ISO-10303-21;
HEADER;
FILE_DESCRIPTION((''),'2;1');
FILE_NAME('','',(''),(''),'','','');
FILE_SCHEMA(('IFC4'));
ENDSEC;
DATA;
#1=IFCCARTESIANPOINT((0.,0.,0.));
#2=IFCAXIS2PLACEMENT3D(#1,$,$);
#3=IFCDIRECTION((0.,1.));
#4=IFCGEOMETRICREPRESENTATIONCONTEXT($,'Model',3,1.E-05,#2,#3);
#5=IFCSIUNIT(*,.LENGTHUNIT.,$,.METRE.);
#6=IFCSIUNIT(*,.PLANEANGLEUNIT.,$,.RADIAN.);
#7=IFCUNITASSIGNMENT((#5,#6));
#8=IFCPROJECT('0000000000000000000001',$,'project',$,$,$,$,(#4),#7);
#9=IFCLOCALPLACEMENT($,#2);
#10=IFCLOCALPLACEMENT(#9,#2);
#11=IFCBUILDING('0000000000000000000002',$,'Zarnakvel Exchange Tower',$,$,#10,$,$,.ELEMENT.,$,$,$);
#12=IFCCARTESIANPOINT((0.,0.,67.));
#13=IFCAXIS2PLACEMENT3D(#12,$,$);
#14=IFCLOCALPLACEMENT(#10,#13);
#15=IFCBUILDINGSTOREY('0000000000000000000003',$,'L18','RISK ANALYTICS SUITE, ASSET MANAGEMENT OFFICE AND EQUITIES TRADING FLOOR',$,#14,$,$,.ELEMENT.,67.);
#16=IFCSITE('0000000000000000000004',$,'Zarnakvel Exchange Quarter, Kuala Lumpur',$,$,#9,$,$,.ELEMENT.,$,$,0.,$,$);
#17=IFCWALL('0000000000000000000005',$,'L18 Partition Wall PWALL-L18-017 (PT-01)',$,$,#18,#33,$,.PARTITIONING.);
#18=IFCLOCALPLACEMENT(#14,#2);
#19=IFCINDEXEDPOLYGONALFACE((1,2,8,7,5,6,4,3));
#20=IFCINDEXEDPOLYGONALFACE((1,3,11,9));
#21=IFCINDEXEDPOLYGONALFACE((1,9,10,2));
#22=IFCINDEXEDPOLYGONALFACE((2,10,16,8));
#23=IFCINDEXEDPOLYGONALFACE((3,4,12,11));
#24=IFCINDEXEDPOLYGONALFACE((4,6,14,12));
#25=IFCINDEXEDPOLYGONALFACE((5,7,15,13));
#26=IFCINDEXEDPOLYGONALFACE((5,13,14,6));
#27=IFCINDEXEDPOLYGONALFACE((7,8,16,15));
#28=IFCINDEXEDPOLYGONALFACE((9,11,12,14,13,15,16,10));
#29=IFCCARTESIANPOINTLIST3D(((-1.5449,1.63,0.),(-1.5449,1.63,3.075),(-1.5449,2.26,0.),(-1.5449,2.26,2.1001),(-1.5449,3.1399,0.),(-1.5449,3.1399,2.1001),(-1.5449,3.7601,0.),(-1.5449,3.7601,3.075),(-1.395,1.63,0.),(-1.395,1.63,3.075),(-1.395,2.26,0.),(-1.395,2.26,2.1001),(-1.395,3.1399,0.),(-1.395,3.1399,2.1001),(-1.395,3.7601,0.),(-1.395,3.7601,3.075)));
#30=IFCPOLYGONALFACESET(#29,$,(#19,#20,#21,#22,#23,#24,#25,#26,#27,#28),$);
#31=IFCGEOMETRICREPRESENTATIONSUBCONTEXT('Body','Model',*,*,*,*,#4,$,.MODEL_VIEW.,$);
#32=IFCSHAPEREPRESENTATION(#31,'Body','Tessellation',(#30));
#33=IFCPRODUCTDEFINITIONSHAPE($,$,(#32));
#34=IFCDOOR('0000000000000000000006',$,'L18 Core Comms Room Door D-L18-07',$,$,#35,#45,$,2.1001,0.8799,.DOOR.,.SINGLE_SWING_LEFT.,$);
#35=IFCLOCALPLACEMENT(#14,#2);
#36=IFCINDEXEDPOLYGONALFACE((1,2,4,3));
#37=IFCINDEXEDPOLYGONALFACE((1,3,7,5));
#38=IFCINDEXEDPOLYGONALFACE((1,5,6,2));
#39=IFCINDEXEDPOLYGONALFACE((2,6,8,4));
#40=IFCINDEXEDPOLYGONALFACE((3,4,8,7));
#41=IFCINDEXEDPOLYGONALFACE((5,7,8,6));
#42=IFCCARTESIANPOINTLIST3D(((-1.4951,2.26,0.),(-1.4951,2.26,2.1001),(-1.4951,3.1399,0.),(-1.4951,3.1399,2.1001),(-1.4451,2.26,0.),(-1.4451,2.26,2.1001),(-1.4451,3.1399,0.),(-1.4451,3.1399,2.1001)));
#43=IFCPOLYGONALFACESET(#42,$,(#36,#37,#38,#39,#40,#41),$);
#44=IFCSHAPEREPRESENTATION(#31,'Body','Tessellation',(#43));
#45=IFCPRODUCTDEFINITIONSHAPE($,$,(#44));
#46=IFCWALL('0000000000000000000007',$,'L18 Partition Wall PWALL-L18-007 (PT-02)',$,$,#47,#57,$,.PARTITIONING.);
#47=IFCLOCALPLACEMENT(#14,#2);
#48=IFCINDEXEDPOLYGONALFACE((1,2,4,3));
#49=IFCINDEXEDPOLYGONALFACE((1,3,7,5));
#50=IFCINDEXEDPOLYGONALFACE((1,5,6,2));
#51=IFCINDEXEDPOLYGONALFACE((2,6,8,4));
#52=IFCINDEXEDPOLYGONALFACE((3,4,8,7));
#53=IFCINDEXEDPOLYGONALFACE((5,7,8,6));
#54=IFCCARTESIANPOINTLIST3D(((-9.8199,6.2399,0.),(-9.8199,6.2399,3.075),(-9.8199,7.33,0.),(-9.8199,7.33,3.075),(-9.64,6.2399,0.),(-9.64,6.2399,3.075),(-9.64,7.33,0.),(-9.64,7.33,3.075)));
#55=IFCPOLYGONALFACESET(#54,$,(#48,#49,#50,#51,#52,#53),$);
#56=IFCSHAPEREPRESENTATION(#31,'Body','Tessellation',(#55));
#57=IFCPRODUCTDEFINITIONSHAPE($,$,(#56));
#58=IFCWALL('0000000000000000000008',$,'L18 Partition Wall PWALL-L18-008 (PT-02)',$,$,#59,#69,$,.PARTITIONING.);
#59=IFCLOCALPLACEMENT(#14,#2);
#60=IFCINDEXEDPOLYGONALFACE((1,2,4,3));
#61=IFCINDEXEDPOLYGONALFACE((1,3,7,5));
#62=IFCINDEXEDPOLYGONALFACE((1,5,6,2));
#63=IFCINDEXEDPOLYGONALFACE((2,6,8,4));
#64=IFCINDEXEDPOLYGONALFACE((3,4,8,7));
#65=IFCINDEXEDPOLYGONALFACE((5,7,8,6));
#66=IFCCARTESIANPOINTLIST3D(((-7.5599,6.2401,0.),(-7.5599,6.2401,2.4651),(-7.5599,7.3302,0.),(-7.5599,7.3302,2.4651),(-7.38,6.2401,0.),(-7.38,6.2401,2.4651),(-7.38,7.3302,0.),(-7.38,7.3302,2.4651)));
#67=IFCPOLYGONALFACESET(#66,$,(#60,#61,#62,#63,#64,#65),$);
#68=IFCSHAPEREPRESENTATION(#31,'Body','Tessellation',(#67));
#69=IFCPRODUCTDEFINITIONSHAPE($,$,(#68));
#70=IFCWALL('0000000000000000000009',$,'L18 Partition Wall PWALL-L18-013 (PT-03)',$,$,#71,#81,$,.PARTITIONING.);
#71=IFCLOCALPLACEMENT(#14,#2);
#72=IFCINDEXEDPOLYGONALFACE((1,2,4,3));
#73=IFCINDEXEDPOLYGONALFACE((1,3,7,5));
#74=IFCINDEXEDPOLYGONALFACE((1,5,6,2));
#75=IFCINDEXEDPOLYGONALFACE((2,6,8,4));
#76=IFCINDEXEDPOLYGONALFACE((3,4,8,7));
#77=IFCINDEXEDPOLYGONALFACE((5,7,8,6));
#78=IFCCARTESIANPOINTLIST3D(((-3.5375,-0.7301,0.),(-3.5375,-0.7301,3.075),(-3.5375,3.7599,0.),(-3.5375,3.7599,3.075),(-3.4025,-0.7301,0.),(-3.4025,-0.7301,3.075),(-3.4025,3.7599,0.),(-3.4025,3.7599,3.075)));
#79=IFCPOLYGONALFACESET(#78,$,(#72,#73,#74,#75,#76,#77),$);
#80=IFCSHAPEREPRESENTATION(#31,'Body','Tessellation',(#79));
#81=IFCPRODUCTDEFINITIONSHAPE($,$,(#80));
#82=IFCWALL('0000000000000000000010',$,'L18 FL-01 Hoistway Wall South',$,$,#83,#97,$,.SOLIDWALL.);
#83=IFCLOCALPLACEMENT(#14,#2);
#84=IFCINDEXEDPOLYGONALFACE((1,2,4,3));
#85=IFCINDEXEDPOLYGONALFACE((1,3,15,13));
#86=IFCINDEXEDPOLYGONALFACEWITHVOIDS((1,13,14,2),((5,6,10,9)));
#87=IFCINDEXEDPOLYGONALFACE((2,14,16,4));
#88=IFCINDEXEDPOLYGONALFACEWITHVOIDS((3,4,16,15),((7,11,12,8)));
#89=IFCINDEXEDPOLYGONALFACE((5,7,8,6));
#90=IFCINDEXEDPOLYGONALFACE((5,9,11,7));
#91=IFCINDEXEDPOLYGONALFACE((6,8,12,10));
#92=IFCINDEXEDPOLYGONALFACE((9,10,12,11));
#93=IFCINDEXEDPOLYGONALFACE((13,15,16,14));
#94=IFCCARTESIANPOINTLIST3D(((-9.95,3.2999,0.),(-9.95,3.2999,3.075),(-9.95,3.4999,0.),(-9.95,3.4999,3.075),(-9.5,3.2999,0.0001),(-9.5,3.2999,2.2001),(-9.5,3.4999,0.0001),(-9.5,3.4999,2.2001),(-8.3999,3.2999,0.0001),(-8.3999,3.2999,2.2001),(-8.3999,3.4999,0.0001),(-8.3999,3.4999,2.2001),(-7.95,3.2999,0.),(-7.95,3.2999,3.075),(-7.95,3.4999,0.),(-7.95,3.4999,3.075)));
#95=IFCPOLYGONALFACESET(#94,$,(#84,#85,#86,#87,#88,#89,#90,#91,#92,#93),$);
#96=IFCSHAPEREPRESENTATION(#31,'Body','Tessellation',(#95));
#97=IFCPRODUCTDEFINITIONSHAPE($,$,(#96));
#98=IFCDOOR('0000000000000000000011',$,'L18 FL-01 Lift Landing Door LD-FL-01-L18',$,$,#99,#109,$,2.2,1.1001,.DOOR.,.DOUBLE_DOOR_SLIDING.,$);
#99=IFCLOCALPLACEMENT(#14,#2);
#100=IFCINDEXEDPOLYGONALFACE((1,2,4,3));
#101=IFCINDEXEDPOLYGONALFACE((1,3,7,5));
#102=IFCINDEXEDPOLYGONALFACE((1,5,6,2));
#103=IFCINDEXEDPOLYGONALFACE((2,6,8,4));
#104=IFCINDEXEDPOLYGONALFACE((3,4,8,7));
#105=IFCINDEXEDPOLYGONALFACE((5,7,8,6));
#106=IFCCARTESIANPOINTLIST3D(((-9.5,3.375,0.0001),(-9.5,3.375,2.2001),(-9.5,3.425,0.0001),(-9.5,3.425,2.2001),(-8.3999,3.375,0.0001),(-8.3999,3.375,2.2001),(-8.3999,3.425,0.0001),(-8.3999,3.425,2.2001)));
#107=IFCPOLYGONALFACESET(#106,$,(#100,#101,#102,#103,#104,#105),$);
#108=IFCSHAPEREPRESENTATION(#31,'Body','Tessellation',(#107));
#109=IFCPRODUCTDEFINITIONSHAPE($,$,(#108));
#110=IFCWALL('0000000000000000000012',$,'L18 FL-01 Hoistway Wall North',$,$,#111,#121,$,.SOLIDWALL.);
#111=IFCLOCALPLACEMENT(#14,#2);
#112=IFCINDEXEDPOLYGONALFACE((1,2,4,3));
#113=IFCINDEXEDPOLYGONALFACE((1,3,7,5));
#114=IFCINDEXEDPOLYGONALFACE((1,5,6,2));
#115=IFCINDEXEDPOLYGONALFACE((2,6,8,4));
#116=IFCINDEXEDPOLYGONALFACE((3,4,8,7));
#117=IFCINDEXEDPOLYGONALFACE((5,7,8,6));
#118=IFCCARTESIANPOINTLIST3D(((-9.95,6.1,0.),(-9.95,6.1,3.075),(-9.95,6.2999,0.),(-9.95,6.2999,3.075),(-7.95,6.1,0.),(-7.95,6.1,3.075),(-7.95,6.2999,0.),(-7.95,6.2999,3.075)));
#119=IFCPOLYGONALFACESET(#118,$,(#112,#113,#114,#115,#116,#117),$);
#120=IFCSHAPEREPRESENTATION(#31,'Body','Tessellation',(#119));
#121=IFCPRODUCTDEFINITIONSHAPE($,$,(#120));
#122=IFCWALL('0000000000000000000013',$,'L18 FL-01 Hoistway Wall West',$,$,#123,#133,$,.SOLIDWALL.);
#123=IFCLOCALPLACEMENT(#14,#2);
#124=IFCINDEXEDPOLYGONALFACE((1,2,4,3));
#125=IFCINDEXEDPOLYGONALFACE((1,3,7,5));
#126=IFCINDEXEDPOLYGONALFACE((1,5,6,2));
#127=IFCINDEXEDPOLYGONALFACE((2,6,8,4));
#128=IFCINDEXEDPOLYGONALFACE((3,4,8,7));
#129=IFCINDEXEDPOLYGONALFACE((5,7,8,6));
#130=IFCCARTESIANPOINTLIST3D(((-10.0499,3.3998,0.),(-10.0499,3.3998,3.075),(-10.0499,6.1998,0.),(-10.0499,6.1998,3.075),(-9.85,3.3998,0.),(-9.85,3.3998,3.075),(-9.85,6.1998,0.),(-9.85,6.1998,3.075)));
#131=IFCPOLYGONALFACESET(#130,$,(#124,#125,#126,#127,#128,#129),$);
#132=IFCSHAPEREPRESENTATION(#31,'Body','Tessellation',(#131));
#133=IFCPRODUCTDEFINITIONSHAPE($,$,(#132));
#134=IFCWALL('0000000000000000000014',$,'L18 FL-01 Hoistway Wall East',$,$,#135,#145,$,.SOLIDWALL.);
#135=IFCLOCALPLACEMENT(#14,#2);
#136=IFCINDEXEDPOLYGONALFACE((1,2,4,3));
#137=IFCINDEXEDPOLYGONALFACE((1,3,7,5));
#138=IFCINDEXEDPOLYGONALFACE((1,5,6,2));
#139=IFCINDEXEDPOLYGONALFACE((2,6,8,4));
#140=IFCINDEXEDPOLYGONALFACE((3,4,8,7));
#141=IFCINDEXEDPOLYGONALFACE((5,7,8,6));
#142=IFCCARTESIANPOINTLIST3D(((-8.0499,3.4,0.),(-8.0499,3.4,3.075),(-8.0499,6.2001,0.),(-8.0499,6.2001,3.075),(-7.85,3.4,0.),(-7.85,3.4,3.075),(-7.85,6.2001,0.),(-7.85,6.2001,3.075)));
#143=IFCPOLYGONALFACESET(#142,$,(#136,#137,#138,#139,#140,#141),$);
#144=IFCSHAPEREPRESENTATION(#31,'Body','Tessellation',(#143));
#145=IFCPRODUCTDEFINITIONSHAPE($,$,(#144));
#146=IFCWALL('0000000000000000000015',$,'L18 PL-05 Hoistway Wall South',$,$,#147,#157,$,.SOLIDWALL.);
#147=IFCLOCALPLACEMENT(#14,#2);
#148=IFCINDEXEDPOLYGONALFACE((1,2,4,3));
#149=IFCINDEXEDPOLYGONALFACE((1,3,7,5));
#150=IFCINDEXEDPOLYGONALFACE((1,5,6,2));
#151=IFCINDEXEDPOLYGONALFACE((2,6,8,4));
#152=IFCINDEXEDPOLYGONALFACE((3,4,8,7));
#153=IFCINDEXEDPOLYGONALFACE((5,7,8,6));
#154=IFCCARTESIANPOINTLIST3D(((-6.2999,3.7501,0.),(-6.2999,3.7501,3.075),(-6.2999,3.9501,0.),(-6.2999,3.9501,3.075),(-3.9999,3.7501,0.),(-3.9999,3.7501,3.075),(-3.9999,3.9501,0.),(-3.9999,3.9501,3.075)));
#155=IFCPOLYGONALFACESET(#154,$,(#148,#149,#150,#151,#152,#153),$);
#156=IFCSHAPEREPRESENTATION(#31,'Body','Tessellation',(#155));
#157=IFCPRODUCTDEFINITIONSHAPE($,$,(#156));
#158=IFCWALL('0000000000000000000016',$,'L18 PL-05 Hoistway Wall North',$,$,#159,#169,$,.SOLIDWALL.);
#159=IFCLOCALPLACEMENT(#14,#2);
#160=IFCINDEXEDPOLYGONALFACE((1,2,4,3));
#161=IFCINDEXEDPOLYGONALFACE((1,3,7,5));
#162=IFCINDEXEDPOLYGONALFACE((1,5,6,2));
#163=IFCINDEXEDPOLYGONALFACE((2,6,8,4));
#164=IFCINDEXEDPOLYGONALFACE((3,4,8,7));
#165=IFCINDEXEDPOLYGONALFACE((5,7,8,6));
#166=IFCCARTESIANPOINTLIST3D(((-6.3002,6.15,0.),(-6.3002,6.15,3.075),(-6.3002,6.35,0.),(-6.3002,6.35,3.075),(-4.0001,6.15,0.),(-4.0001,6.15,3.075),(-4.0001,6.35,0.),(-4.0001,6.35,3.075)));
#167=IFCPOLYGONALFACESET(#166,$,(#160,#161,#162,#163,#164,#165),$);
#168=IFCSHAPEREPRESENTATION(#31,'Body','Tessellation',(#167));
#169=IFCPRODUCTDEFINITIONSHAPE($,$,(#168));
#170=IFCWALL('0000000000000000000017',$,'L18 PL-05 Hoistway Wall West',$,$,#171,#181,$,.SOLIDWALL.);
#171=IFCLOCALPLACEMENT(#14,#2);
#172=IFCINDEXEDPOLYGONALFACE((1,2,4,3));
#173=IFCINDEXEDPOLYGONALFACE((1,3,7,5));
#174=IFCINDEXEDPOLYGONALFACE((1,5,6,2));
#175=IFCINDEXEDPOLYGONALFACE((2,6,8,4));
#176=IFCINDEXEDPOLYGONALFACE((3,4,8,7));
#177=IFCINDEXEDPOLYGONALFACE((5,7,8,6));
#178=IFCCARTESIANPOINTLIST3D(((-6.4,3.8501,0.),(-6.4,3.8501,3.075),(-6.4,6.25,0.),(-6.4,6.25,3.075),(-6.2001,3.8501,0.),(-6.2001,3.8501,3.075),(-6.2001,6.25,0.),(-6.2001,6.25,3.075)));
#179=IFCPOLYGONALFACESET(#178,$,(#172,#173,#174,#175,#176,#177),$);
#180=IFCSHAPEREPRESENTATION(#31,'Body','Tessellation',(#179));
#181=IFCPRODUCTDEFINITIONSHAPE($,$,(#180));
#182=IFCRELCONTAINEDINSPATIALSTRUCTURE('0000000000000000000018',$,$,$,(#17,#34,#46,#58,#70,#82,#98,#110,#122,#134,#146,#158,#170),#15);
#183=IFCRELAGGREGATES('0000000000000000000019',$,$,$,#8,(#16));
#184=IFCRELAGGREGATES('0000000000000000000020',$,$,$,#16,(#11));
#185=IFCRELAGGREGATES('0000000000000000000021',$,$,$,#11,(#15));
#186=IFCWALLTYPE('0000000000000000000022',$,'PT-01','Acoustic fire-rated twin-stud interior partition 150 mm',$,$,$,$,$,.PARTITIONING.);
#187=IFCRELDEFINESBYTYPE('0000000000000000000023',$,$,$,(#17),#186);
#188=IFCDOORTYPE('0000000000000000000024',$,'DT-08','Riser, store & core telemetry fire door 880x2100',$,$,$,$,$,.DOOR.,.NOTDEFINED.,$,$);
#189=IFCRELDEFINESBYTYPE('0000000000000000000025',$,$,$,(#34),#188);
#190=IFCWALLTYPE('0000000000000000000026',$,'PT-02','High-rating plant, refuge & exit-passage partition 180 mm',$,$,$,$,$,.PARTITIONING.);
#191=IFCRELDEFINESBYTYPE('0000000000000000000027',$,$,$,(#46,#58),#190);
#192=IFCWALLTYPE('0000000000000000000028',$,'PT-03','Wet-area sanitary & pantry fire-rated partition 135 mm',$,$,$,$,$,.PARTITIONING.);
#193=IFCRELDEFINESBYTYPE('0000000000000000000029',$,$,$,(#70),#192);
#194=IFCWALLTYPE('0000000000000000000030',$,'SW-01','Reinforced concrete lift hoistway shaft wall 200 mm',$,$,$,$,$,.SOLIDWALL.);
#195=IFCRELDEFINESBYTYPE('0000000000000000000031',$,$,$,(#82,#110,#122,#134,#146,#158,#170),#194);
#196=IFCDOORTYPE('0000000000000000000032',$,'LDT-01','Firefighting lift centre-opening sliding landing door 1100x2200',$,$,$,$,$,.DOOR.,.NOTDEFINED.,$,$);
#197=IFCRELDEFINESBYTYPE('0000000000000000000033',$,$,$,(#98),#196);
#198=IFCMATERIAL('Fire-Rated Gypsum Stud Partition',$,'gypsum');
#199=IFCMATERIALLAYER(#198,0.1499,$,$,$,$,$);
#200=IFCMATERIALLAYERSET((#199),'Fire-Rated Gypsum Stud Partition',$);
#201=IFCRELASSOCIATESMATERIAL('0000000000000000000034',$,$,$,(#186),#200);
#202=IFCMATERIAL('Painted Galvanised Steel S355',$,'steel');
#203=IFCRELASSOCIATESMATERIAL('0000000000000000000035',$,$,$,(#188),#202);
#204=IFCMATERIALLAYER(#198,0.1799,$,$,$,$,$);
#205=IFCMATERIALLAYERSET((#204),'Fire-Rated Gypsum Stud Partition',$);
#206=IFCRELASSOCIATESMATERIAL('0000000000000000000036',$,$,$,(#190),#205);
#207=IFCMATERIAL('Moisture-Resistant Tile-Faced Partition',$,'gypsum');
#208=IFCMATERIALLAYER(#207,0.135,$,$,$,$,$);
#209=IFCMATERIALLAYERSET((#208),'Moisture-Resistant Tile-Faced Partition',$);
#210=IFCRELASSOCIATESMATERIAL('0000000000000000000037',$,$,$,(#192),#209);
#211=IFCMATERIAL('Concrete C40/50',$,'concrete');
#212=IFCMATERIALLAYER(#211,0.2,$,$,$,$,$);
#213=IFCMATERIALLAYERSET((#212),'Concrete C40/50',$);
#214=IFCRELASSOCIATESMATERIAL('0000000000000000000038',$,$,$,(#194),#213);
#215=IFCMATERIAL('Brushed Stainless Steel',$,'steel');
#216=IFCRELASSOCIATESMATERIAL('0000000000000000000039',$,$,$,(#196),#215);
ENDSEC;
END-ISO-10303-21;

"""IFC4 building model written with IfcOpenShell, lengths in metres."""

from ifc_helpers import new_model, si_unit, direction, frame, frame_2d, origin, place, context, subcontext, project, spatial, rectangle, extrude, source, transform, mapped, material, layer, layer_set, type_object, element, fill, save


model = new_model("IFC4")

# Units and contexts
model_context = context("Model", 3, precision=1e-05, world=origin(), true_north=direction((0.0, 1.0)))
body_context = subcontext(model_context, "Body", "Model", "MODEL_VIEW")
ifc_project = project(units=[si_unit("LENGTHUNIT", "METRE"), si_unit("PLANEANGLEUNIT", "RADIAN")], contexts=[model_context])

# Site, building, storey
site_placement = place(None, origin())
site = spatial("IfcSite", under=ifc_project, at=site_placement, Name="Zarnakvel Exchange Quarter, Kuala Lumpur", CompositionType="ELEMENT", RefElevation=0.0)
building_placement = place(site_placement, origin())
building = spatial("IfcBuilding", under=site, at=building_placement, Name="Zarnakvel Exchange Tower", CompositionType="ELEMENT")
storey_placement = place(building_placement, frame((0.0, 0.0, 67.0)))
storey = spatial("IfcBuildingStorey", under=building, at=storey_placement, Name="L18", Description="RISK ANALYTICS SUITE, ASSET MANAGEMENT OFFICE AND EQUITIES TRADING FLOOR", CompositionType="ELEMENT", Elevation=67.0)

# Wall, opening, door
ifc_material_1 = material(Name="Fire-Rated Gypsum Stud Partition", Category="gypsum")
ifc_layer_1 = layer(ifc_material_1, 0.1499)
ifc_layer_set_1 = layer_set([ifc_layer_1], Name="Fire-Rated Gypsum Stud Partition")
wall_type_1 = type_object("IfcWallType", Name="PT-01", Description="Acoustic fire-rated twin-stud interior partition 150 mm", PredefinedType="PARTITIONING", material=ifc_layer_set_1)
wall_1_placement = place(storey_placement, frame((-1.47, 3.76, 0.0), z_axis=(0.0, 0.0, 1.0), x_axis=(0.0, -1.0, 0.0)))
wall_1 = element("IfcWall", 1, at=wall_1_placement, inside=storey, type_object=wall_type_1, Name="L18 Partition Wall PWALL-L18-017 (PT-01)", PredefinedType="PARTITIONING", context=body_context, shape_type="SweptSolid", body=[
    extrude(rectangle(XDim=2.1301, YDim=0.1499, at=frame_2d((1.0649, 0.0))), origin(), (0.0, 0.0, 1.0), 3.075),
])
opening_1_placement = place(wall_1_placement, frame((0.6201, 0.0, 0.0)))
opening_1 = element("IfcOpeningElement", 2, at=opening_1_placement, cuts=wall_1, PredefinedType="OPENING", context=body_context, shape_type="SweptSolid", body=[
    extrude(rectangle(XDim=0.8799, YDim=2.1001, at=frame_2d((0.4399, 1.05))), frame((0.0, 0.085, 0.0), z_axis=(0.0, -1.0, 0.0), x_axis=(1.0, 0.0, 0.0)), (0.0, 0.0, 1.0), 0.1699),
])
ifc_material_2 = material(Name="Painted Galvanised Steel S355", Category="steel")
door_type_1 = type_object("IfcDoorType", Name="DT-08", Description="Riser, store & core telemetry fire door 880x2100", OperationType="NOTDEFINED", PredefinedType="DOOR", material=ifc_material_2)
shared_shape_1 = source(origin(), body_context, "Body", "SweptSolid", [
    extrude(rectangle(XDim=0.8799, YDim=2.1001, at=frame_2d((0.4399, 1.05))), frame((0.0, 0.0249, 0.0), z_axis=(0.0, -1.0, 0.0), x_axis=(1.0, 0.0, 0.0)), (0.0, 0.0, 1.0), 0.05),
])
door_1_placement = place(opening_1_placement, origin())
door_1 = element("IfcDoor", 3, at=door_1_placement, inside=storey, type_object=door_type_1, Name="L18 Core Comms Room Door D-L18-07", OperationType="SINGLE_SWING_LEFT", OverallHeight=2.1001, OverallWidth=0.8799, PredefinedType="DOOR", context=body_context, shape_type="MappedRepresentation", body=[
    mapped(shared_shape_1, transform((0.0, 0.0, 0.0), x_axis=(1.0, 0.0, 0.0), y_axis=(0.0, 1.0, 0.0), z_axis=(0.0, 0.0, 1.0), scale=1.0)),
])
fill(opening_1, door_1)

# Walls
ifc_layer_2 = layer(ifc_material_1, 0.1799)
ifc_layer_set_2 = layer_set([ifc_layer_2], Name="Fire-Rated Gypsum Stud Partition")
wall_type_2 = type_object("IfcWallType", Name="PT-02", Description="High-rating plant, refuge & exit-passage partition 180 mm", PredefinedType="PARTITIONING", material=ifc_layer_set_2)
wall_2_placement = place(storey_placement, frame((-9.73, 6.24, 0.0), z_axis=(0.0, 0.0, 1.0), x_axis=(0.0, 1.0, 0.0)))
element("IfcWall", 4, at=wall_2_placement, inside=storey, type_object=wall_type_2, Name="L18 Partition Wall PWALL-L18-007 (PT-02)", PredefinedType="PARTITIONING", context=body_context, shape_type="SweptSolid", body=[
    extrude(rectangle(XDim=1.0901, YDim=0.1799, at=frame_2d((0.5449, 0.0))), origin(), (0.0, 0.0, 1.0), 3.075),
])
wall_3_placement = place(storey_placement, frame((-7.47, 7.3301, 0.0), z_axis=(0.0, 0.0, 1.0), x_axis=(0.0, -1.0, 0.0)))
element("IfcWall", 5, at=wall_3_placement, inside=storey, type_object=wall_type_2, Name="L18 Partition Wall PWALL-L18-008 (PT-02)", PredefinedType="PARTITIONING", context=body_context, shape_type="SweptSolid", body=[
    extrude(rectangle(XDim=1.0901, YDim=0.1799, at=frame_2d((0.5449, 0.0))), origin(), (0.0, 0.0, 1.0), 2.4651),
])
ifc_material_3 = material(Name="Moisture-Resistant Tile-Faced Partition", Category="gypsum")
ifc_layer_3 = layer(ifc_material_3, 0.135)
ifc_layer_set_3 = layer_set([ifc_layer_3], Name="Moisture-Resistant Tile-Faced Partition")
wall_type_3 = type_object("IfcWallType", Name="PT-03", Description="Wet-area sanitary & pantry fire-rated partition 135 mm", PredefinedType="PARTITIONING", material=ifc_layer_set_3)
wall_4_placement = place(storey_placement, frame((-3.47, 3.76, 0.0), z_axis=(0.0, 0.0, 1.0), x_axis=(0.0, -1.0, 0.0)))
element("IfcWall", 6, at=wall_4_placement, inside=storey, type_object=wall_type_3, Name="L18 Partition Wall PWALL-L18-013 (PT-03)", PredefinedType="PARTITIONING", context=body_context, shape_type="SweptSolid", body=[
    extrude(rectangle(XDim=4.49, YDim=0.135, at=frame_2d((2.2451, 0.0))), origin(), (0.0, 0.0, 1.0), 3.075),
])

# Wall, opening, door
ifc_material_4 = material(Name="Concrete C40/50", Category="concrete")
ifc_layer_4 = layer(ifc_material_4, 0.2)
ifc_layer_set_4 = layer_set([ifc_layer_4], Name="Concrete C40/50")
wall_type_4 = type_object("IfcWallType", Name="SW-01", Description="Reinforced concrete lift hoistway shaft wall 200 mm", PredefinedType="SOLIDWALL", material=ifc_layer_set_4)
wall_5_placement = place(storey_placement, frame((-7.95, 3.3999, 0.0), z_axis=(0.0, 0.0, 1.0), x_axis=(-1.0, 0.0, 0.0)))
wall_5 = element("IfcWall", 7, at=wall_5_placement, inside=storey, type_object=wall_type_4, Name="L18 FL-01 Hoistway Wall South", PredefinedType="SOLIDWALL", context=body_context, shape_type="SweptSolid", body=[
    extrude(rectangle(XDim=2.0, YDim=0.2, at=frame_2d((1.0, 0.0))), origin(), (0.0, 0.0, 1.0), 3.075),
])
opening_2_placement = place(wall_5_placement, frame((0.45, 0.0, 0.0)))
opening_2 = element("IfcOpeningElement", 8, at=opening_2_placement, cuts=wall_5, PredefinedType="OPENING", context=body_context, shape_type="SweptSolid", body=[
    extrude(rectangle(XDim=1.1001, YDim=2.2, at=frame_2d((0.55, 1.1001))), frame((0.0, 0.1099, 0.0), z_axis=(0.0, -1.0, 0.0), x_axis=(1.0, 0.0, 0.0)), (0.0, 0.0, 1.0), 0.22),
])
ifc_material_5 = material(Name="Brushed Stainless Steel", Category="steel")
door_type_2 = type_object("IfcDoorType", Name="LDT-01", Description="Firefighting lift centre-opening sliding landing door 1100x2200", OperationType="NOTDEFINED", PredefinedType="DOOR", material=ifc_material_5)
shared_shape_2 = source(origin(), body_context, "Body", "SweptSolid", [
    extrude(rectangle(XDim=1.1001, YDim=2.2, at=frame_2d((0.55, 1.1001))), frame((0.0, 0.0249, 0.0), z_axis=(0.0, -1.0, 0.0), x_axis=(1.0, 0.0, 0.0)), (0.0, 0.0, 1.0), 0.05),
])
door_2_placement = place(opening_2_placement, origin())
door_2 = element("IfcDoor", 9, at=door_2_placement, inside=storey, type_object=door_type_2, Name="L18 FL-01 Lift Landing Door LD-FL-01-L18", OperationType="DOUBLE_DOOR_SLIDING", OverallHeight=2.2, OverallWidth=1.1001, PredefinedType="DOOR", context=body_context, shape_type="MappedRepresentation", body=[
    mapped(shared_shape_2, transform((0.0, 0.0, 0.0), x_axis=(1.0, 0.0, 0.0), y_axis=(0.0, 1.0, 0.0), z_axis=(0.0, 0.0, 1.0), scale=1.0)),
])
fill(opening_2, door_2)

# Walls
wall_6_placement = place(storey_placement, frame((-9.95, 6.2, 0.0), z_axis=(0.0, 0.0, 1.0), x_axis=(1.0, 0.0, 0.0)))
element("IfcWall", 10, at=wall_6_placement, inside=storey, type_object=wall_type_4, Name="L18 FL-01 Hoistway Wall North", PredefinedType="SOLIDWALL", context=body_context, shape_type="SweptSolid", body=[
    extrude(rectangle(XDim=2.0, YDim=0.2, at=frame_2d((1.0, 0.0))), origin(), (0.0, 0.0, 1.0), 3.075),
])
for number, where, z_axis, x_axis, name in (
    (11, (-9.95, 3.3999, 0.0), (0.0, 0.0, 1.0), (0.0, 1.0, 0.0), "L18 FL-01 Hoistway Wall West"),
    (12, (-7.95, 6.2, 0.0), (0.0, 0.0, 1.0), (0.0, -1.0, 0.0), "L18 FL-01 Hoistway Wall East"),
):
    element("IfcWall", number, at=place(storey_placement, frame(where, z_axis=z_axis, x_axis=x_axis)), inside=storey, type_object=wall_type_4, Name=name, PredefinedType="SOLIDWALL", context=body_context, shape_type="SweptSolid", body=[
        extrude(rectangle(XDim=2.8, YDim=0.2, at=frame_2d((1.3999, 0.0))), origin(), (0.0, 0.0, 1.0), 3.075),
    ])
for number, where, z_axis, x_axis, name in (
    (13, (-4.0, 3.8501, 0.0), (0.0, 0.0, 1.0), (-1.0, 0.0, 0.0), "L18 PL-05 Hoistway Wall South"),
    (14, (-6.3, 6.25, 0.0), (0.0, 0.0, 1.0), (1.0, 0.0, 0.0), "L18 PL-05 Hoistway Wall North"),
):
    element("IfcWall", number, at=place(storey_placement, frame(where, z_axis=z_axis, x_axis=x_axis)), inside=storey, type_object=wall_type_4, Name=name, PredefinedType="SOLIDWALL", context=body_context, shape_type="SweptSolid", body=[
        extrude(rectangle(XDim=2.3, YDim=0.2, at=frame_2d((1.1499, 0.0))), origin(), (0.0, 0.0, 1.0), 3.075),
    ])
for number, where, z_axis, x_axis, name in (
    (15, (-6.3, 3.8501, 0.0), (0.0, 0.0, 1.0), (0.0, 1.0, 0.0), "L18 PL-05 Hoistway Wall West"),
):
    element("IfcWall", number, at=place(storey_placement, frame(where, z_axis=z_axis, x_axis=x_axis)), inside=storey, type_object=wall_type_4, Name=name, PredefinedType="SOLIDWALL", context=body_context, shape_type="SweptSolid", body=[
        extrude(rectangle(XDim=2.3999, YDim=0.2, at=frame_2d((1.2, 0.0))), origin(), (0.0, 0.0, 1.0), 3.075),
    ])

save(model, "model.ifc")
